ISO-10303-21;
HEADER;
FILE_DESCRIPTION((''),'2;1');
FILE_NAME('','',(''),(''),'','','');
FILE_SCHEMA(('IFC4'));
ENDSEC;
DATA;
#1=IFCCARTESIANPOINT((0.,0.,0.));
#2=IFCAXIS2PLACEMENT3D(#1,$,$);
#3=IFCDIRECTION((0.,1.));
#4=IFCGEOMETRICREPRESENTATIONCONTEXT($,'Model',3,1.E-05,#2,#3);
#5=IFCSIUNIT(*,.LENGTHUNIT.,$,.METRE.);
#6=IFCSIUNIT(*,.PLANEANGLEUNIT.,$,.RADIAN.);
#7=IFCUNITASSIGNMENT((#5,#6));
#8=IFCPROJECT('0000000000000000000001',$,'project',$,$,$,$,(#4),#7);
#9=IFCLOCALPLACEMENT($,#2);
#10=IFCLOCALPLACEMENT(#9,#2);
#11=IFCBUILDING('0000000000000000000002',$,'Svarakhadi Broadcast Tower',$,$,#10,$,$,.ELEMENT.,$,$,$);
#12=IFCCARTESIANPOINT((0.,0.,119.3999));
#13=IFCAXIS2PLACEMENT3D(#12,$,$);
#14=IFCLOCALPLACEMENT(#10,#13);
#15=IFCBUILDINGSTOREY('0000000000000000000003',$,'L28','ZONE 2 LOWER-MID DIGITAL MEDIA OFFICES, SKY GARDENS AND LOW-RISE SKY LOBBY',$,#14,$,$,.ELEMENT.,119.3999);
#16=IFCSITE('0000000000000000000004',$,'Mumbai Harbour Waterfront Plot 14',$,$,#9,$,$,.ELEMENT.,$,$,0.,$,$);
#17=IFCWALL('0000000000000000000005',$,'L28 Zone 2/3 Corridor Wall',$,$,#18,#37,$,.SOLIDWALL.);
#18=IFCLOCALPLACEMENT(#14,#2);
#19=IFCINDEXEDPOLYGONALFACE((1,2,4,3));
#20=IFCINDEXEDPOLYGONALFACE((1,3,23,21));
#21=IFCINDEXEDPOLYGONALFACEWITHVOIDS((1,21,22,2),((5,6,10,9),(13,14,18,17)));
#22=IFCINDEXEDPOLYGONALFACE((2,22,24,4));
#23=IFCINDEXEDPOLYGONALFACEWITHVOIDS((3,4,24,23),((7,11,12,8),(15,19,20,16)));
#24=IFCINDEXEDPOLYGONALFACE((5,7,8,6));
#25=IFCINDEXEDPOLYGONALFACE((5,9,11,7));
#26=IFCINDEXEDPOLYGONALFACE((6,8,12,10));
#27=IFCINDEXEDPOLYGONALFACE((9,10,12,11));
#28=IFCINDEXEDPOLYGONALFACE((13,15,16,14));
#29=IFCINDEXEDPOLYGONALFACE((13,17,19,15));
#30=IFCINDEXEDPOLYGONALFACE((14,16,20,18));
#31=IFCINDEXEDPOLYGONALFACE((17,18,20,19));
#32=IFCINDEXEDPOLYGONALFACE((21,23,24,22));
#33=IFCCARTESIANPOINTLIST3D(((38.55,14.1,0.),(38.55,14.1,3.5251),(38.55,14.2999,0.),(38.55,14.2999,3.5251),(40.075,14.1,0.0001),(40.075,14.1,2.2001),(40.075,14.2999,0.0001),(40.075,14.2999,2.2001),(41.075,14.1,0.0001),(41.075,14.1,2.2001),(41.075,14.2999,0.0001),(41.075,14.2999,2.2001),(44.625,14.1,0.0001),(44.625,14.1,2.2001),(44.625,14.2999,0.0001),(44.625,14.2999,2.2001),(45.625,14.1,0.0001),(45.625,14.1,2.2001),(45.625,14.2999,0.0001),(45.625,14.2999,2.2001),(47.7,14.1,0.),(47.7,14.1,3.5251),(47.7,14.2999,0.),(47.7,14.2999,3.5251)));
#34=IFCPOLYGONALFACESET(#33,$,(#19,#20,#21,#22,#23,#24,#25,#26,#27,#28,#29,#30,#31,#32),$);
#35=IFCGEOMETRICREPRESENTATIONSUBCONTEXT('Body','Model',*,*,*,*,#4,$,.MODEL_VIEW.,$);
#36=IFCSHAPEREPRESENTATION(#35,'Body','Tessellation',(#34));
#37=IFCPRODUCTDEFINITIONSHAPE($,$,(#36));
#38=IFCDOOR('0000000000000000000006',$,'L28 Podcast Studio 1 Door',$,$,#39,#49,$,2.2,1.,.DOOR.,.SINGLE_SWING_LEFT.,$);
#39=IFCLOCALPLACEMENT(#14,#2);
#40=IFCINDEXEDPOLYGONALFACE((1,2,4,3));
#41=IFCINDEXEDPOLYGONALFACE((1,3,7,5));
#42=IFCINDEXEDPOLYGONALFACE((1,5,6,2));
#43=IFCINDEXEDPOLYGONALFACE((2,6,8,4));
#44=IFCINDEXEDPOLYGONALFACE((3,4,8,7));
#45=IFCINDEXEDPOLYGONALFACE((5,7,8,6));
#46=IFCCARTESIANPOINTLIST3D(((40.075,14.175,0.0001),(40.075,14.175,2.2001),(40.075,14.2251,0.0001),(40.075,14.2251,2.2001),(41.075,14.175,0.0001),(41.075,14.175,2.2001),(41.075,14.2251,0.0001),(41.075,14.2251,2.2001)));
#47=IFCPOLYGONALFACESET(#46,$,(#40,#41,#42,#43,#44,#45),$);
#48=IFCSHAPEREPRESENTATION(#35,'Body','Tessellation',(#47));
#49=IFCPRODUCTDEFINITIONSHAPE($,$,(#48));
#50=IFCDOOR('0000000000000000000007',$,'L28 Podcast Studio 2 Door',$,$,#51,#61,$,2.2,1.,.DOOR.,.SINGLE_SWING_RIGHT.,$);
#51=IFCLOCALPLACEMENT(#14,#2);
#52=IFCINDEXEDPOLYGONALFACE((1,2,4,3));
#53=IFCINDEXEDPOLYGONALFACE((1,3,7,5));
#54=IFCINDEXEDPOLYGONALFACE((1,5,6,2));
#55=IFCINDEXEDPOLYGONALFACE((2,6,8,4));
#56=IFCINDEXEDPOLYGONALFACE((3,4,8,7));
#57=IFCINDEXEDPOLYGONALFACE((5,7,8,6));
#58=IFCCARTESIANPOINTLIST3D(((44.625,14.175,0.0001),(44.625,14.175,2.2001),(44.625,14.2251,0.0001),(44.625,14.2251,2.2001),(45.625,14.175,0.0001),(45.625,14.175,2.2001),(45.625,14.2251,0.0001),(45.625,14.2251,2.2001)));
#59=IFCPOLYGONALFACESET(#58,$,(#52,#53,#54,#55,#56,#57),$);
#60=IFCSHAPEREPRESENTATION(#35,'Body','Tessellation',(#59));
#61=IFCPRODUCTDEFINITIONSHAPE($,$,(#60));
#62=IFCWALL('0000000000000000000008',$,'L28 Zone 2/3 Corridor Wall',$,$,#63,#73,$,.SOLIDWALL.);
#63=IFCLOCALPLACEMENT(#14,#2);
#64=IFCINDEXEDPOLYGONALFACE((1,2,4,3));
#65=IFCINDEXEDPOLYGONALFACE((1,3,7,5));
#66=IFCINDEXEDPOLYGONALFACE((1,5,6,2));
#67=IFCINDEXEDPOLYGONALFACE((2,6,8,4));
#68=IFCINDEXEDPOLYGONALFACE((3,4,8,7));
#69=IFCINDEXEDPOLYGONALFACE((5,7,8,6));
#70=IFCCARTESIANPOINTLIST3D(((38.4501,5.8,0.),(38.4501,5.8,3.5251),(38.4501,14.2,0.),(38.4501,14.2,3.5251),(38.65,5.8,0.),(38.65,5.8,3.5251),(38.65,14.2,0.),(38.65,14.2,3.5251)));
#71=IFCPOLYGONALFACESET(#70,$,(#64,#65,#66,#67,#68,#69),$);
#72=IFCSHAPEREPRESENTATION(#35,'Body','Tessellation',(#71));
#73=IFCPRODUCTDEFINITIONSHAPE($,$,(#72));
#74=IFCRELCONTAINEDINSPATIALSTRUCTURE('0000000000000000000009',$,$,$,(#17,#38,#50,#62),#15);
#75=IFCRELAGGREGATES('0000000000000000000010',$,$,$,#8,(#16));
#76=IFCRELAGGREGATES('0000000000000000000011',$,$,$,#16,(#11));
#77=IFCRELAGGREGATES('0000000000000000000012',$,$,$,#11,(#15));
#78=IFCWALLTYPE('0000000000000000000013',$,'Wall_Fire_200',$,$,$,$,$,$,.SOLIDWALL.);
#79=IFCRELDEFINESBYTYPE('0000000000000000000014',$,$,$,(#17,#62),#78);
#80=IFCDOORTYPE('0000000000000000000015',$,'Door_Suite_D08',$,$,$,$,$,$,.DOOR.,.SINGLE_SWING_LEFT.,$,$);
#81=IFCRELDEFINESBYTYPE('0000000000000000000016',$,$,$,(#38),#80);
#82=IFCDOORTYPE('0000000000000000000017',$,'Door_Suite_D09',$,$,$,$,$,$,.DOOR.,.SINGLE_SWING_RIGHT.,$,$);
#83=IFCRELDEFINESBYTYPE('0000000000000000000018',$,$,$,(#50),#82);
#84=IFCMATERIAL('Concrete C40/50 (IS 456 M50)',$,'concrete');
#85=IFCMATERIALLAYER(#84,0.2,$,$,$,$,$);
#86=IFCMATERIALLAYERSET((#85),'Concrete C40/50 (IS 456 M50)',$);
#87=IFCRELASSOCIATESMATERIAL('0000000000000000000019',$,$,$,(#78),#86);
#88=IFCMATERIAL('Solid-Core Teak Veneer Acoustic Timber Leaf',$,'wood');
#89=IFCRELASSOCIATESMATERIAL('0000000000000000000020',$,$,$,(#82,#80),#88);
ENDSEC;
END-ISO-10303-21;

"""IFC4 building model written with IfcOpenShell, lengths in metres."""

from ifc_helpers import new_model, si_unit, direction, frame, frame_2d, origin, place, context, subcontext, project, spatial, rectangle, extrude, material, layer, layer_set, type_object, element, fill, save


model = new_model("IFC4")

# Units and contexts
model_context = context("Model", 3, precision=1e-05, world=origin(), true_north=direction((0.0, 1.0)))
body_context = subcontext(model_context, "Body", "Model", "MODEL_VIEW")
ifc_project = project(units=[si_unit("LENGTHUNIT", "METRE"), si_unit("PLANEANGLEUNIT", "RADIAN")], contexts=[model_context])

# Site, building, storey
site_placement = place(None, origin())
site = spatial("IfcSite", under=ifc_project, at=site_placement, Name="Mumbai Harbour Waterfront Plot 14", CompositionType="ELEMENT", RefElevation=0.0)
building_placement = place(site_placement, origin())
building = spatial("IfcBuilding", under=site, at=building_placement, Name="Svarakhadi Broadcast Tower", CompositionType="ELEMENT")
storey_placement = place(building_placement, frame((0.0, 0.0, 119.3999)))
storey = spatial("IfcBuildingStorey", under=building, at=storey_placement, Name="L28", Description="ZONE 2 LOWER-MID DIGITAL MEDIA OFFICES, SKY GARDENS AND LOW-RISE SKY LOBBY", CompositionType="ELEMENT", Elevation=119.3999)

# Shared definitions
ifc_material_1 = material(Name="Concrete C40/50 (IS 456 M50)", Category="concrete")
ifc_layer_1 = layer(ifc_material_1, 0.2)
ifc_layer_set_1 = layer_set([ifc_layer_1], Name="Concrete C40/50 (IS 456 M50)")
wall_type_1 = type_object("IfcWallType", Name="Wall_Fire_200", PredefinedType="SOLIDWALL", material=ifc_layer_set_1)

# Shared definitions
ifc_material_2 = material(Name="Solid-Core Teak Veneer Acoustic Timber Leaf", Category="wood")
door_type_1 = type_object("IfcDoorType", Name="Door_Suite_D09", OperationType="SINGLE_SWING_RIGHT", PredefinedType="DOOR", material=ifc_material_2)

# Wall, openings, doors
door_type_2 = type_object("IfcDoorType", Name="Door_Suite_D08", OperationType="SINGLE_SWING_LEFT", PredefinedType="DOOR", material=ifc_material_2)
wall_1_placement = place(storey_placement, frame((47.7, 14.2, 0.0), z_axis=(0.0, 0.0, 1.0), x_axis=(-1.0, 0.0, 0.0)))
wall_1 = element("IfcWall", 1, at=wall_1_placement, inside=storey, type_object=wall_type_1, Name="L28 Zone 2/3 Corridor Wall", PredefinedType="SOLIDWALL", context=body_context, shape_type="SweptSolid", body=[
    extrude(rectangle(XDim=9.1499, YDim=0.2, at=frame_2d((4.575, 0.0))), origin(), (0.0, 0.0, 1.0), 3.5251),
])
opening_1_placement = place(wall_1_placement, frame((6.625, 0.0, 0.0)))
opening_1 = element("IfcOpeningElement", 2, at=opening_1_placement, cuts=wall_1, PredefinedType="OPENING", context=body_context, shape_type="SweptSolid", body=[
    extrude(rectangle(XDim=1.0, YDim=2.2, at=frame_2d((0.5, 1.1001))), frame((0.0, 0.1099, 0.0), z_axis=(0.0, -1.0, 0.0), x_axis=(1.0, 0.0, 0.0)), (0.0, 0.0, 1.0), 0.22),
])
opening_2_placement = place(wall_1_placement, frame((2.075, 0.0, 0.0)))
opening_2 = element("IfcOpeningElement", 3, at=opening_2_placement, cuts=wall_1, PredefinedType="OPENING", context=body_context, shape_type="SweptSolid", body=[
    extrude(rectangle(XDim=1.0, YDim=2.2, at=frame_2d((0.5, 1.1001))), frame((0.0, 0.1099, 0.0), z_axis=(0.0, -1.0, 0.0), x_axis=(1.0, 0.0, 0.0)), (0.0, 0.0, 1.0), 0.22),
])
door_1_placement = place(opening_1_placement, origin())
door_1 = element("IfcDoor", 4, at=door_1_placement, inside=storey, type_object=door_type_2, Name="L28 Podcast Studio 1 Door", OperationType="SINGLE_SWING_LEFT", OverallHeight=2.2, OverallWidth=1.0, PredefinedType="DOOR", context=body_context, shape_type="SweptSolid", body=[
    extrude(rectangle(XDim=1.0, YDim=2.2, at=frame_2d((0.5, 1.1001))), frame((0.0, 0.0249, 0.0), z_axis=(0.0, -1.0, 0.0), x_axis=(1.0, 0.0, 0.0)), (0.0, 0.0, 1.0), 0.05),
])
fill(opening_1, door_1)
door_2_placement = place(opening_2_placement, origin())
door_2 = element("IfcDoor", 5, at=door_2_placement, inside=storey, type_object=door_type_1, Name="L28 Podcast Studio 2 Door", OperationType="SINGLE_SWING_RIGHT", OverallHeight=2.2, OverallWidth=1.0, PredefinedType="DOOR", context=body_context, shape_type="SweptSolid", body=[
    extrude(rectangle(XDim=1.0, YDim=2.2, at=frame_2d((0.5, 1.1001))), frame((0.0, 0.0249, 0.0), z_axis=(0.0, -1.0, 0.0), x_axis=(1.0, 0.0, 0.0)), (0.0, 0.0, 1.0), 0.05),
])
fill(opening_2, door_2)

# Wall
wall_2_placement = place(storey_placement, frame((38.55, 14.2, 0.0), z_axis=(0.0, 0.0, 1.0), x_axis=(0.0, -1.0, 0.0)))
element("IfcWall", 6, at=wall_2_placement, inside=storey, type_object=wall_type_1, Name="L28 Zone 2/3 Corridor Wall", PredefinedType="SOLIDWALL", context=body_context, shape_type="SweptSolid", body=[
    extrude(rectangle(XDim=8.3999, YDim=0.2, at=frame_2d((4.2, 0.0))), origin(), (0.0, 0.0, 1.0), 3.5251),
])

save(model, "model.ifc")
